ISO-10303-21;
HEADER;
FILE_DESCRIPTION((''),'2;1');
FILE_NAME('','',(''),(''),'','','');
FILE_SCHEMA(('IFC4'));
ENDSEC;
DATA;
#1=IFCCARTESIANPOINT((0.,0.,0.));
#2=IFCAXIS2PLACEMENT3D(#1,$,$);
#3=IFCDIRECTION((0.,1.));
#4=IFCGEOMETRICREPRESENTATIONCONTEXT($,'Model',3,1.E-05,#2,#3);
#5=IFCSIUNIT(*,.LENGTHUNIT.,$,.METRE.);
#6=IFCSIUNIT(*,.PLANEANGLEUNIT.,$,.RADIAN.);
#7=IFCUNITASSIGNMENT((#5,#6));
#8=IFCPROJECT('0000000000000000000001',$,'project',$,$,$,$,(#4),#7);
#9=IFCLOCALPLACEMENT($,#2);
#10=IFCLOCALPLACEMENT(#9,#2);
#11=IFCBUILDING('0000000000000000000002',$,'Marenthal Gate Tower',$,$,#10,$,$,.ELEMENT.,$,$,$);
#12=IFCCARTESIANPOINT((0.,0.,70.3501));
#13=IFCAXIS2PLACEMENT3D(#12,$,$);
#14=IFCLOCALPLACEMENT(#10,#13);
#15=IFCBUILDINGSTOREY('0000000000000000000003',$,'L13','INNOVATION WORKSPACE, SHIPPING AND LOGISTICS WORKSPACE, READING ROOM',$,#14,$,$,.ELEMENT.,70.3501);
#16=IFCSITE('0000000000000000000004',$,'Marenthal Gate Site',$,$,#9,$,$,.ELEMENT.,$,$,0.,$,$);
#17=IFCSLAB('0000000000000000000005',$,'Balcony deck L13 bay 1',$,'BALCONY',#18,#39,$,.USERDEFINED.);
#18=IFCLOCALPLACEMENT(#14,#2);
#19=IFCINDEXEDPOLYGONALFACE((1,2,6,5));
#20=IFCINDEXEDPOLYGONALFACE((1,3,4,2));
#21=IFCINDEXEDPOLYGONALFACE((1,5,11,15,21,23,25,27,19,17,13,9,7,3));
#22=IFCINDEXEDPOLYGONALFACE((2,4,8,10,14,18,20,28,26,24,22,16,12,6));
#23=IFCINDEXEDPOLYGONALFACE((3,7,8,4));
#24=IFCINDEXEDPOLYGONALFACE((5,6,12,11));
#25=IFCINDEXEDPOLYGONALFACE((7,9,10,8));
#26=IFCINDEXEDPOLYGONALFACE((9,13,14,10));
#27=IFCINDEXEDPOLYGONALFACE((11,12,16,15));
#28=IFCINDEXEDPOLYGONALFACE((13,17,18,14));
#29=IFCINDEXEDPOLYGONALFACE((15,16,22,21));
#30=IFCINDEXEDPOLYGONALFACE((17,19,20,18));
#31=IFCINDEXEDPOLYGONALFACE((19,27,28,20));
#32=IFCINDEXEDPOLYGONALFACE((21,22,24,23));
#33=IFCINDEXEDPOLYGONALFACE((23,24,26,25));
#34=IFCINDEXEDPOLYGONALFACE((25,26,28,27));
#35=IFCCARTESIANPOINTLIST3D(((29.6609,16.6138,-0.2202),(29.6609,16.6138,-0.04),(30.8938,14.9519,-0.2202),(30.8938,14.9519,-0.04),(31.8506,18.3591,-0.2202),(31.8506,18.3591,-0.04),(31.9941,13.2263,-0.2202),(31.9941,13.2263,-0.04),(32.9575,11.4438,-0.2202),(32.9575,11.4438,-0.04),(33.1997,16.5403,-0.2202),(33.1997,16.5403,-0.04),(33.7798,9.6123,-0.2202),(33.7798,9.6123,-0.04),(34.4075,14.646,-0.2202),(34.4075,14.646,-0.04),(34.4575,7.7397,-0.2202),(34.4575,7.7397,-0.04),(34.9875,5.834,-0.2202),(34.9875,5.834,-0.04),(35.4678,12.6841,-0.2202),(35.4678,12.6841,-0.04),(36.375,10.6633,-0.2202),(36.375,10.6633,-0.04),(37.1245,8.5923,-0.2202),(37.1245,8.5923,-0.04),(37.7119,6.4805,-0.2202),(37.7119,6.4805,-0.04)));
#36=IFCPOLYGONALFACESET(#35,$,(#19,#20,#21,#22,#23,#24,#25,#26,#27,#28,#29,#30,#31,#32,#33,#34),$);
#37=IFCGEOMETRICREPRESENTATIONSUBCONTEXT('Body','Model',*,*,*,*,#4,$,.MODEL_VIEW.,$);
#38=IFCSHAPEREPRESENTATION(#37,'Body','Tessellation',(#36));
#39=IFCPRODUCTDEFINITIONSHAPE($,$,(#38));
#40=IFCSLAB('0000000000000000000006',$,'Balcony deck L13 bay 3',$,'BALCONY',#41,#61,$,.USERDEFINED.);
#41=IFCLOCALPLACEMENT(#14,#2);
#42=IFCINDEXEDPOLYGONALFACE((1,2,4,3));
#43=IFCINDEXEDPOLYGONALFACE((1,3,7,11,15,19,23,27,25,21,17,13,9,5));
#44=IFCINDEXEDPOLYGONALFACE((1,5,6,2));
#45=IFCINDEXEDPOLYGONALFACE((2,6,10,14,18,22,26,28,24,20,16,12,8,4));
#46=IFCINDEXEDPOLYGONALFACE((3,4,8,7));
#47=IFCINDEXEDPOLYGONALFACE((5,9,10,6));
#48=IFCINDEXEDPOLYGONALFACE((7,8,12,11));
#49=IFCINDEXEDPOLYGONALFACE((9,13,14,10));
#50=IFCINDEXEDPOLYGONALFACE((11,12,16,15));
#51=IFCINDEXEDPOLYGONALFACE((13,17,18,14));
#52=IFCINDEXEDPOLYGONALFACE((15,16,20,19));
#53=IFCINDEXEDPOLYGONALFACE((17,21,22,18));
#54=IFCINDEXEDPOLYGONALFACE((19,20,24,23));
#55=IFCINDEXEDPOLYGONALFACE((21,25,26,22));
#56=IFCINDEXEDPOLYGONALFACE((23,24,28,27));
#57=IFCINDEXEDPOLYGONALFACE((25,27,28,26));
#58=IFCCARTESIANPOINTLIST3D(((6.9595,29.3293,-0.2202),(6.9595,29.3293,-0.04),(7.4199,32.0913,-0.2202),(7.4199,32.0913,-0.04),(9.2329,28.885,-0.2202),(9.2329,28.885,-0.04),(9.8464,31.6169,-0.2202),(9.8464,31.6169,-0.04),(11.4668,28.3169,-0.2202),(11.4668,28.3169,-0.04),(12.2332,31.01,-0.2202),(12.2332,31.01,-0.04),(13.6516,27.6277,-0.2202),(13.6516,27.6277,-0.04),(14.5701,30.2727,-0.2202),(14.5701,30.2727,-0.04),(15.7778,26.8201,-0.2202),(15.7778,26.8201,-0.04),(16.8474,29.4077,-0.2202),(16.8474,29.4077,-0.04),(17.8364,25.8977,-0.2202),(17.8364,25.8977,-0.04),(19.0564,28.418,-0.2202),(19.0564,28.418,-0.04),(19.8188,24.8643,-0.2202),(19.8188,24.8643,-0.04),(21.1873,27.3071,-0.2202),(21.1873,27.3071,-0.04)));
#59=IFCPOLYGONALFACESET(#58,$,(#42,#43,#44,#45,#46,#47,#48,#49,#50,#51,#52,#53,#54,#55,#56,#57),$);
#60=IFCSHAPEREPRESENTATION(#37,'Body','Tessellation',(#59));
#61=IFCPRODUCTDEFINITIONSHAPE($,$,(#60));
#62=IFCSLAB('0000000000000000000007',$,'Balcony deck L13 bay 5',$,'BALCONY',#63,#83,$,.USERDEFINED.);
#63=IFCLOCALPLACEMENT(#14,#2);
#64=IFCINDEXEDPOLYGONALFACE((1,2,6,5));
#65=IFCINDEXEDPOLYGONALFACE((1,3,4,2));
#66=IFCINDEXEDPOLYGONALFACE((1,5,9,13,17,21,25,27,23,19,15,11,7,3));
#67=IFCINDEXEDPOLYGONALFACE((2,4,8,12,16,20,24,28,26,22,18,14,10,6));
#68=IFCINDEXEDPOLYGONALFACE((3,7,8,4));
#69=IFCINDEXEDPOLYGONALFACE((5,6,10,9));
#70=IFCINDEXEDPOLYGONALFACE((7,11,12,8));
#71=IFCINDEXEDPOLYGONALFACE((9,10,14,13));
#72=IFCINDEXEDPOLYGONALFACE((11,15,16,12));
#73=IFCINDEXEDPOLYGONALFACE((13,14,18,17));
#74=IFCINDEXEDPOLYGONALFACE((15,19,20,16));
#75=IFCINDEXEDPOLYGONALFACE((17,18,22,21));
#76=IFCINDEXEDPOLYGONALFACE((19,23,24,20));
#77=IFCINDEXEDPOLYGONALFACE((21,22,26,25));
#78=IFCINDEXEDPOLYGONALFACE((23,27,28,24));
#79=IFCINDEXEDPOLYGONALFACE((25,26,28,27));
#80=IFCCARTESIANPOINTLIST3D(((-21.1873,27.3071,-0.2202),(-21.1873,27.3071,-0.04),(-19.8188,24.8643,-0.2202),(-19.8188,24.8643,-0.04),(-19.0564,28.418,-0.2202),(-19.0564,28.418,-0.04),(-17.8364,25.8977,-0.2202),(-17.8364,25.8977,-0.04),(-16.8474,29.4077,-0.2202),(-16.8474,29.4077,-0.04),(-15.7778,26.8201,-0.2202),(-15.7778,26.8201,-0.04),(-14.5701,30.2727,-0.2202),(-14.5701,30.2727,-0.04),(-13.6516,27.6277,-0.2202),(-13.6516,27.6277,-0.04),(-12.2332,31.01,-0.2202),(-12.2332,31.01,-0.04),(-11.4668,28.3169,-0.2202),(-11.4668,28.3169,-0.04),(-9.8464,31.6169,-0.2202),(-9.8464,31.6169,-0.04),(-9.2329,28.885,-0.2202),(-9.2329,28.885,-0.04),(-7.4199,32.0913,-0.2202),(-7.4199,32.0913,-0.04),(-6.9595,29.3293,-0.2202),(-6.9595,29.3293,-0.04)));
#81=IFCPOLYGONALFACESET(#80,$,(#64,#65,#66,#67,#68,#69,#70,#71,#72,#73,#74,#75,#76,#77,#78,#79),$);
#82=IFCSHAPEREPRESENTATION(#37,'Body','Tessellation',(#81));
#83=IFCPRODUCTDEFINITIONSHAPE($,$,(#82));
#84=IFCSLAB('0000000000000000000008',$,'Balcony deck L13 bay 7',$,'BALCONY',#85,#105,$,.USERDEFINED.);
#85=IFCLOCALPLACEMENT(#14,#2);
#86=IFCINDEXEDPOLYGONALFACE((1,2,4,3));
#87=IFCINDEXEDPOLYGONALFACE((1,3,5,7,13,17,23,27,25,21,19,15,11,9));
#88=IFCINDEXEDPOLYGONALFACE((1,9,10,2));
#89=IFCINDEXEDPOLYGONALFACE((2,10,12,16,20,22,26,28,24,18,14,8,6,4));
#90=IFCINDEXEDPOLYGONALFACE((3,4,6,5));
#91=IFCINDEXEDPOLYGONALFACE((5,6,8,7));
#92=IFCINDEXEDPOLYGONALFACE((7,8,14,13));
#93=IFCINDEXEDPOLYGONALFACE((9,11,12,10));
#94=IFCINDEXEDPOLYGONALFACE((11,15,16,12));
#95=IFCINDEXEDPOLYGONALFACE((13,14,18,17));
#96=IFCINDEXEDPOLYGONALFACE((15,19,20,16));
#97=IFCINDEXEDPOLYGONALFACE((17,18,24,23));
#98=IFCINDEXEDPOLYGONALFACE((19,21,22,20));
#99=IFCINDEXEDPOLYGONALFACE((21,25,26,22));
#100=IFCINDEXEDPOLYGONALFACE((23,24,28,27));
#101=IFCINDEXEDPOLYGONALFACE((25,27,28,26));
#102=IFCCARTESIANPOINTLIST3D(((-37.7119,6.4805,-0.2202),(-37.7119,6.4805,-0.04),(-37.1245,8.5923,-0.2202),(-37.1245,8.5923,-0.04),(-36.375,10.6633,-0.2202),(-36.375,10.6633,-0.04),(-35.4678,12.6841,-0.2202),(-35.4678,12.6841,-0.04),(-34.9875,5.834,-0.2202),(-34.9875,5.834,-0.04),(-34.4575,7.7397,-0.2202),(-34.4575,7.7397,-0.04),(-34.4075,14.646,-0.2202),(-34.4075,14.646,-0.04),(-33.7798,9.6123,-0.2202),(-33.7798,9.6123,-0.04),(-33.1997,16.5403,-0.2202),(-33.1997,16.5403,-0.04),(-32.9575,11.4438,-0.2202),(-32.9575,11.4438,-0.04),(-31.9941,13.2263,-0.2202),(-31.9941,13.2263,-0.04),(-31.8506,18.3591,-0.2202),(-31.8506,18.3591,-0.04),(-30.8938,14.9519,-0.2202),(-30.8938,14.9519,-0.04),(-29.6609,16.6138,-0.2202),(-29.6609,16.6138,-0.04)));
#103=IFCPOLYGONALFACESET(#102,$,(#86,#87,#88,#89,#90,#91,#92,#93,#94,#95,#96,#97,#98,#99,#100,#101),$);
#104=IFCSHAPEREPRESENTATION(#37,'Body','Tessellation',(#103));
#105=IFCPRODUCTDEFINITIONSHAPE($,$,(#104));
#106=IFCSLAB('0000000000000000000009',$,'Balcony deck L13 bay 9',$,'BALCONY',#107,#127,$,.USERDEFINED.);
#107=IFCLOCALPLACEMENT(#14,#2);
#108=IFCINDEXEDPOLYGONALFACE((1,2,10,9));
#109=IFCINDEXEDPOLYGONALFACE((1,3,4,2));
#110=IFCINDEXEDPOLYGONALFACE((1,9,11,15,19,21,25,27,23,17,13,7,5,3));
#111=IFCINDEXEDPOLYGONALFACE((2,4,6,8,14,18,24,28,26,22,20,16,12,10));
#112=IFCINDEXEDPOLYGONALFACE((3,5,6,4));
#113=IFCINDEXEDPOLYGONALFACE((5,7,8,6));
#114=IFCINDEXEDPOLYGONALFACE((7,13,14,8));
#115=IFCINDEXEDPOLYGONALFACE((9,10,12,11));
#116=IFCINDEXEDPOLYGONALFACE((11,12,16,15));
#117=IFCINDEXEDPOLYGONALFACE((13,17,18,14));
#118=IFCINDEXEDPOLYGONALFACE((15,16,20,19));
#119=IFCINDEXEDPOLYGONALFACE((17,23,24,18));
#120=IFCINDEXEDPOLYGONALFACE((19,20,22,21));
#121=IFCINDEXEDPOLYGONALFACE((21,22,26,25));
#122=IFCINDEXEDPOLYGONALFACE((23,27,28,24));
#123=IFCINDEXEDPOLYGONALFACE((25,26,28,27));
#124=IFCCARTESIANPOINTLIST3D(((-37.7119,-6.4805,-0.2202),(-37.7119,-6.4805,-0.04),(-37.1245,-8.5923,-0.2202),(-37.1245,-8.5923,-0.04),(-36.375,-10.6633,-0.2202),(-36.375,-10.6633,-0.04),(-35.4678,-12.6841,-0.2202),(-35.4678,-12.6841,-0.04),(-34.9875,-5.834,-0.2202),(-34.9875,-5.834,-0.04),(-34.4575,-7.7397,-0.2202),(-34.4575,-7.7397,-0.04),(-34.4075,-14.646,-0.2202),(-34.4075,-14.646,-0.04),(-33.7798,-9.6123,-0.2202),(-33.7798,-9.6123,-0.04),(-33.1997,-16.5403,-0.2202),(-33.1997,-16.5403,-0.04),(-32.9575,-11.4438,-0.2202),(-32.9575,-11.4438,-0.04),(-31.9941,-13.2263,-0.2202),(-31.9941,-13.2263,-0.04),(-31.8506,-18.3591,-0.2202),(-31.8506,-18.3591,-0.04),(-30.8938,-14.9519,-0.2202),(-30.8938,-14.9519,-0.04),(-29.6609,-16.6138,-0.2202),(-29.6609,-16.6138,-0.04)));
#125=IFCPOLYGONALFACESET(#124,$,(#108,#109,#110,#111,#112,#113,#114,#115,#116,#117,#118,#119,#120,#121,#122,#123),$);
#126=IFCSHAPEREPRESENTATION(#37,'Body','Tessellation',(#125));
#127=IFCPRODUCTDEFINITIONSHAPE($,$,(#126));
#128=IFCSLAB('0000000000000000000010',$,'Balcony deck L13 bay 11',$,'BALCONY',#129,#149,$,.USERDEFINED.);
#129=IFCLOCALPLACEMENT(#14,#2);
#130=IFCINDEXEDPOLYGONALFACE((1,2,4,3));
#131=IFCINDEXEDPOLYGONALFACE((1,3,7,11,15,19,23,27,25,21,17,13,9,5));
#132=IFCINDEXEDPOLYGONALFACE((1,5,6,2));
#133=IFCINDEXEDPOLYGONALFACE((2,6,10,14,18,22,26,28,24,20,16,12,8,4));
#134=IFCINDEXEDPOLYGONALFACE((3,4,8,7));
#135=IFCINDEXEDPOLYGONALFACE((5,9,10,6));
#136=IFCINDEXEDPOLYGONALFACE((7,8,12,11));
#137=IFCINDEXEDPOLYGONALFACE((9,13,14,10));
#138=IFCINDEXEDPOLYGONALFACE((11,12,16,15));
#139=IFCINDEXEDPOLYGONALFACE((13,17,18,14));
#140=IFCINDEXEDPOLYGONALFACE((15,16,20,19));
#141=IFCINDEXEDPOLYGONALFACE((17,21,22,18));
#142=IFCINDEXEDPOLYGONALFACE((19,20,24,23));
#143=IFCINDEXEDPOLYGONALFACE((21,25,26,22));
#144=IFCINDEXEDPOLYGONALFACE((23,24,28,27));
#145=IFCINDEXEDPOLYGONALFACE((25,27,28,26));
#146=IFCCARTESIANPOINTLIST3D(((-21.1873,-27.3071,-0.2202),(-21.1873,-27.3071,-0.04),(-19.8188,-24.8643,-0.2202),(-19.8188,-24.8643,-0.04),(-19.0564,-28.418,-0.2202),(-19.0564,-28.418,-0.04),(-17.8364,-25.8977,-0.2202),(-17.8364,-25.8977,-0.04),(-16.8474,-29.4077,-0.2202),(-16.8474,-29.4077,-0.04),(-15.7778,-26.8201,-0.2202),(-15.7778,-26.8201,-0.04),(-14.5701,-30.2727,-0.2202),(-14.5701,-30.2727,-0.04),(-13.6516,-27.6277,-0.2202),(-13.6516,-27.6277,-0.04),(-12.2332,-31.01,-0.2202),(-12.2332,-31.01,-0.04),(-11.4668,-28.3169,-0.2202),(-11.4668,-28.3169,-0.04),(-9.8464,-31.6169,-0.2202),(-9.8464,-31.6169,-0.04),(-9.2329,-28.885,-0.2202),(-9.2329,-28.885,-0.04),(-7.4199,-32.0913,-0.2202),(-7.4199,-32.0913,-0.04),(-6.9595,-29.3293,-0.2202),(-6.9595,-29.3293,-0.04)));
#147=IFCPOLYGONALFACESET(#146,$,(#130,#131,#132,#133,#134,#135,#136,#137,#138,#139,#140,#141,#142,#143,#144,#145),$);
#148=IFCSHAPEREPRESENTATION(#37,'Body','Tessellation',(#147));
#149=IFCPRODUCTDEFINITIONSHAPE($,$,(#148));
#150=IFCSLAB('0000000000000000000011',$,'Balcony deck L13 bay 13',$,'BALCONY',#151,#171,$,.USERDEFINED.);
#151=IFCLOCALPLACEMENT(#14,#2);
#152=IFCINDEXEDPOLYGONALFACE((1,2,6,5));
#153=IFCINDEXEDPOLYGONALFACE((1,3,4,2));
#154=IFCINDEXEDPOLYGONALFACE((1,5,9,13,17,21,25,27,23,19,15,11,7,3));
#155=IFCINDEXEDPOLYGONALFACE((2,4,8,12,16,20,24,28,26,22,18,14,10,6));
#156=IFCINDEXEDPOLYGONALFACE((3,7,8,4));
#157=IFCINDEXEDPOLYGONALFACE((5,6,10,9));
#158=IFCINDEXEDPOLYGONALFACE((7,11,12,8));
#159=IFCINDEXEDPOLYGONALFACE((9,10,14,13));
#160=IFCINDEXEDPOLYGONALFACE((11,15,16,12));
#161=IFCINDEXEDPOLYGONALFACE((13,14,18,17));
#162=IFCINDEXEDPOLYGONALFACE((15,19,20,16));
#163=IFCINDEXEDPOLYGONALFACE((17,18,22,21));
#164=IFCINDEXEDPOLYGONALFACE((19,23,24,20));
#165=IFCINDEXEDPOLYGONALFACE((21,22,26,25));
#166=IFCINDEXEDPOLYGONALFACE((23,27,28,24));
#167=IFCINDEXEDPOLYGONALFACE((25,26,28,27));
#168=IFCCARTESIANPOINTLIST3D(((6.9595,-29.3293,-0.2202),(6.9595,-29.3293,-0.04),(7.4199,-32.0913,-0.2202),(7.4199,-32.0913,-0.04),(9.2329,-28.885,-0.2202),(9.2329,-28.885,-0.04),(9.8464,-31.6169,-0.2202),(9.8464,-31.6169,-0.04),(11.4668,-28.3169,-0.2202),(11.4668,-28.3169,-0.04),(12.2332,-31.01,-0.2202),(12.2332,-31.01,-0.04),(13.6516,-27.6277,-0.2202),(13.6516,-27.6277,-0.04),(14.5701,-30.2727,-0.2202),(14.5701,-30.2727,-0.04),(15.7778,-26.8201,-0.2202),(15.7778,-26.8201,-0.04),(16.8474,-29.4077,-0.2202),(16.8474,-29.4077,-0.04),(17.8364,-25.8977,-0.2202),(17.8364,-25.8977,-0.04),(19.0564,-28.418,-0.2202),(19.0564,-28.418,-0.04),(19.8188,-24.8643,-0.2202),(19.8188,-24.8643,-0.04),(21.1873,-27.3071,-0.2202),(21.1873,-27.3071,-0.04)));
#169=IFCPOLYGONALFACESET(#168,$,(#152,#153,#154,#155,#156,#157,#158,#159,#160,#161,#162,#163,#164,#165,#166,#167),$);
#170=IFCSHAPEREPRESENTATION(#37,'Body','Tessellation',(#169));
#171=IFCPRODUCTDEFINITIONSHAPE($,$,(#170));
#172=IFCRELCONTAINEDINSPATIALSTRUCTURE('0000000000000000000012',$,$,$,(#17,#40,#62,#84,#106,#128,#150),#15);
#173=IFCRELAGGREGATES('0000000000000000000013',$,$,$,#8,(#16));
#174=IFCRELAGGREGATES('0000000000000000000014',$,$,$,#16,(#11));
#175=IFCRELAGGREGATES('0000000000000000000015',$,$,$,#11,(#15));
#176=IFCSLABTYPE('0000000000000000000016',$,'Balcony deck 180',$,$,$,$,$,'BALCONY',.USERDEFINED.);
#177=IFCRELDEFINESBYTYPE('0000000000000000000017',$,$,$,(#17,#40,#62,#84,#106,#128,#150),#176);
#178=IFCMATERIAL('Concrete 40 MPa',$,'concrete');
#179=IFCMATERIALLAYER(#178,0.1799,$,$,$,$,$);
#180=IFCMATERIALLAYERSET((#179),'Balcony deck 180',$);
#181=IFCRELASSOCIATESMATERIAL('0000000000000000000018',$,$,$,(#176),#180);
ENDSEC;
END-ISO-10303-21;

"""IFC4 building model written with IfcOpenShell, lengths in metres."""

from ifc_helpers import new_model, si_unit, direction, frame, origin, place, context, subcontext, project, spatial, polyline, outline, extrude, material, layer, layer_set, type_object, element, save


model = new_model("IFC4")

# Units and contexts
model_context = context("Model", 3, precision=1e-05, world=origin(), true_north=direction((0.0, 1.0)))
body_context = subcontext(model_context, "Body", "Model", "MODEL_VIEW")
ifc_project = project(units=[si_unit("LENGTHUNIT", "METRE"), si_unit("PLANEANGLEUNIT", "RADIAN")], contexts=[model_context])

# Site, building, storey
site_placement = place(None, origin())
site = spatial("IfcSite", under=ifc_project, at=site_placement, Name="Marenthal Gate Site", CompositionType="ELEMENT", RefElevation=0.0)
building_placement = place(site_placement, origin())
building = spatial("IfcBuilding", under=site, at=building_placement, Name="Marenthal Gate Tower", CompositionType="ELEMENT")
storey_placement = place(building_placement, frame((0.0, 0.0, 70.3501)))
storey = spatial("IfcBuildingStorey", under=building, at=storey_placement, Name="L13", Description="INNOVATION WORKSPACE, SHIPPING AND LOGISTICS WORKSPACE, READING ROOM", CompositionType="ELEMENT", Elevation=70.3501)

# Slabs
ifc_material_1 = material(Name="Concrete 40 MPa", Category="concrete")
ifc_layer_1 = layer(ifc_material_1, 0.1799)
ifc_layer_set_1 = layer_set([ifc_layer_1], Name="Balcony deck 180")
slab_type_1 = type_object("IfcSlabType", Name="Balcony deck 180", ElementType="BALCONY", PredefinedType="USERDEFINED", material=ifc_layer_set_1)
slab_1_placement = place(storey_placement, frame((0.0, 0.0, -0.2202)))
element("IfcSlab", 1, at=slab_1_placement, inside=storey, type_object=slab_type_1, Name="Balcony deck L13 bay 1", ObjectType="BALCONY", PredefinedType="USERDEFINED", context=body_context, shape_type="SweptSolid", body=[
    extrude(outline(polyline([(34.9875, 5.834), (34.4575, 7.7397), (33.7798, 9.6123), (32.9575, 11.4438), (31.9941, 13.2263), (30.8938, 14.9519), (29.6609, 16.6138), (31.8506, 18.3591), (33.1997, 16.5403), (34.4075, 14.646), (35.4678, 12.6841), (36.375, 10.6633), (37.1245, 8.5923), (37.7119, 6.4805), (34.9875, 5.834)])), origin(), (0.0, 0.0, 1.0), 0.1802),
])
slab_2_placement = place(storey_placement, frame((0.0, 0.0, -0.2202)))
element("IfcSlab", 2, at=slab_2_placement, inside=storey, type_object=slab_type_1, Name="Balcony deck L13 bay 3", ObjectType="BALCONY", PredefinedType="USERDEFINED", context=body_context, shape_type="SweptSolid", body=[
    extrude(outline(polyline([(19.8188, 24.8643), (17.8364, 25.8977), (15.7778, 26.8201), (13.6516, 27.6277), (11.4668, 28.3169), (9.2329, 28.885), (6.9595, 29.3293), (7.4199, 32.0913), (9.8464, 31.6169), (12.2332, 31.01), (14.5701, 30.2727), (16.8474, 29.4077), (19.0564, 28.418), (21.1873, 27.3071), (19.8188, 24.8643)])), origin(), (0.0, 0.0, 1.0), 0.1802),
])
slab_3_placement = place(storey_placement, frame((0.0, 0.0, -0.2202)))
element("IfcSlab", 3, at=slab_3_placement, inside=storey, type_object=slab_type_1, Name="Balcony deck L13 bay 5", ObjectType="BALCONY", PredefinedType="USERDEFINED", context=body_context, shape_type="SweptSolid", body=[
    extrude(outline(polyline([(-6.9595, 29.3293), (-9.2329, 28.885), (-11.4668, 28.3169), (-13.6516, 27.6277), (-15.7778, 26.8201), (-17.8364, 25.8977), (-19.8188, 24.8643), (-21.1873, 27.3071), (-19.0564, 28.418), (-16.8474, 29.4077), (-14.5701, 30.2727), (-12.2332, 31.01), (-9.8464, 31.6169), (-7.4199, 32.0913), (-6.9595, 29.3293)])), origin(), (0.0, 0.0, 1.0), 0.1802),
])
slab_4_placement = place(storey_placement, frame((0.0, 0.0, -0.2202)))
element("IfcSlab", 4, at=slab_4_placement, inside=storey, type_object=slab_type_1, Name="Balcony deck L13 bay 7", ObjectType="BALCONY", PredefinedType="USERDEFINED", context=body_context, shape_type="SweptSolid", body=[
    extrude(outline(polyline([(-29.6609, 16.6138), (-30.8938, 14.9519), (-31.9941, 13.2263), (-32.9575, 11.4438), (-33.7798, 9.6123), (-34.4575, 7.7397), (-34.9875, 5.834), (-37.7119, 6.4805), (-37.1245, 8.5923), (-36.375, 10.6633), (-35.4678, 12.6841), (-34.4075, 14.646), (-33.1997, 16.5403), (-31.8506, 18.3591), (-29.6609, 16.6138)])), origin(), (0.0, 0.0, 1.0), 0.1802),
])
slab_5_placement = place(storey_placement, frame((0.0, 0.0, -0.2202)))
element("IfcSlab", 5, at=slab_5_placement, inside=storey, type_object=slab_type_1, Name="Balcony deck L13 bay 9", ObjectType="BALCONY", PredefinedType="USERDEFINED", context=body_context, shape_type="SweptSolid", body=[
    extrude(outline(polyline([(-34.9875, -5.834), (-34.4575, -7.7397), (-33.7798, -9.6123), (-32.9575, -11.4438), (-31.9941, -13.2263), (-30.8938, -14.9519), (-29.6609, -16.6138), (-31.8506, -18.3591), (-33.1997, -16.5403), (-34.4075, -14.646), (-35.4678, -12.6841), (-36.375, -10.6633), (-37.1245, -8.5923), (-37.7119, -6.4805), (-34.9875, -5.834)])), origin(), (0.0, 0.0, 1.0), 0.1802),
])
slab_6_placement = place(storey_placement, frame((0.0, 0.0, -0.2202)))
element("IfcSlab", 6, at=slab_6_placement, inside=storey, type_object=slab_type_1, Name="Balcony deck L13 bay 11", ObjectType="BALCONY", PredefinedType="USERDEFINED", context=body_context, shape_type="SweptSolid", body=[
    extrude(outline(polyline([(-19.8188, -24.8643), (-17.8364, -25.8977), (-15.7778, -26.8201), (-13.6516, -27.6277), (-11.4668, -28.3169), (-9.2329, -28.885), (-6.9595, -29.3293), (-7.4199, -32.0913), (-9.8464, -31.6169), (-12.2332, -31.01), (-14.5701, -30.2727), (-16.8474, -29.4077), (-19.0564, -28.418), (-21.1873, -27.3071), (-19.8188, -24.8643)])), origin(), (0.0, 0.0, 1.0), 0.1802),
])
slab_7_placement = place(storey_placement, frame((0.0, 0.0, -0.2202)))
element("IfcSlab", 7, at=slab_7_placement, inside=storey, type_object=slab_type_1, Name="Balcony deck L13 bay 13", ObjectType="BALCONY", PredefinedType="USERDEFINED", context=body_context, shape_type="SweptSolid", body=[
    extrude(outline(polyline([(6.9595, -29.3293), (9.2329, -28.885), (11.4668, -28.3169), (13.6516, -27.6277), (15.7778, -26.8201), (17.8364, -25.8977), (19.8188, -24.8643), (21.1873, -27.3071), (19.0564, -28.418), (16.8474, -29.4077), (14.5701, -30.2727), (12.2332, -31.01), (9.8464, -31.6169), (7.4199, -32.0913), (6.9595, -29.3293)])), origin(), (0.0, 0.0, 1.0), 0.1802),
])

save(model, "model.ifc")
